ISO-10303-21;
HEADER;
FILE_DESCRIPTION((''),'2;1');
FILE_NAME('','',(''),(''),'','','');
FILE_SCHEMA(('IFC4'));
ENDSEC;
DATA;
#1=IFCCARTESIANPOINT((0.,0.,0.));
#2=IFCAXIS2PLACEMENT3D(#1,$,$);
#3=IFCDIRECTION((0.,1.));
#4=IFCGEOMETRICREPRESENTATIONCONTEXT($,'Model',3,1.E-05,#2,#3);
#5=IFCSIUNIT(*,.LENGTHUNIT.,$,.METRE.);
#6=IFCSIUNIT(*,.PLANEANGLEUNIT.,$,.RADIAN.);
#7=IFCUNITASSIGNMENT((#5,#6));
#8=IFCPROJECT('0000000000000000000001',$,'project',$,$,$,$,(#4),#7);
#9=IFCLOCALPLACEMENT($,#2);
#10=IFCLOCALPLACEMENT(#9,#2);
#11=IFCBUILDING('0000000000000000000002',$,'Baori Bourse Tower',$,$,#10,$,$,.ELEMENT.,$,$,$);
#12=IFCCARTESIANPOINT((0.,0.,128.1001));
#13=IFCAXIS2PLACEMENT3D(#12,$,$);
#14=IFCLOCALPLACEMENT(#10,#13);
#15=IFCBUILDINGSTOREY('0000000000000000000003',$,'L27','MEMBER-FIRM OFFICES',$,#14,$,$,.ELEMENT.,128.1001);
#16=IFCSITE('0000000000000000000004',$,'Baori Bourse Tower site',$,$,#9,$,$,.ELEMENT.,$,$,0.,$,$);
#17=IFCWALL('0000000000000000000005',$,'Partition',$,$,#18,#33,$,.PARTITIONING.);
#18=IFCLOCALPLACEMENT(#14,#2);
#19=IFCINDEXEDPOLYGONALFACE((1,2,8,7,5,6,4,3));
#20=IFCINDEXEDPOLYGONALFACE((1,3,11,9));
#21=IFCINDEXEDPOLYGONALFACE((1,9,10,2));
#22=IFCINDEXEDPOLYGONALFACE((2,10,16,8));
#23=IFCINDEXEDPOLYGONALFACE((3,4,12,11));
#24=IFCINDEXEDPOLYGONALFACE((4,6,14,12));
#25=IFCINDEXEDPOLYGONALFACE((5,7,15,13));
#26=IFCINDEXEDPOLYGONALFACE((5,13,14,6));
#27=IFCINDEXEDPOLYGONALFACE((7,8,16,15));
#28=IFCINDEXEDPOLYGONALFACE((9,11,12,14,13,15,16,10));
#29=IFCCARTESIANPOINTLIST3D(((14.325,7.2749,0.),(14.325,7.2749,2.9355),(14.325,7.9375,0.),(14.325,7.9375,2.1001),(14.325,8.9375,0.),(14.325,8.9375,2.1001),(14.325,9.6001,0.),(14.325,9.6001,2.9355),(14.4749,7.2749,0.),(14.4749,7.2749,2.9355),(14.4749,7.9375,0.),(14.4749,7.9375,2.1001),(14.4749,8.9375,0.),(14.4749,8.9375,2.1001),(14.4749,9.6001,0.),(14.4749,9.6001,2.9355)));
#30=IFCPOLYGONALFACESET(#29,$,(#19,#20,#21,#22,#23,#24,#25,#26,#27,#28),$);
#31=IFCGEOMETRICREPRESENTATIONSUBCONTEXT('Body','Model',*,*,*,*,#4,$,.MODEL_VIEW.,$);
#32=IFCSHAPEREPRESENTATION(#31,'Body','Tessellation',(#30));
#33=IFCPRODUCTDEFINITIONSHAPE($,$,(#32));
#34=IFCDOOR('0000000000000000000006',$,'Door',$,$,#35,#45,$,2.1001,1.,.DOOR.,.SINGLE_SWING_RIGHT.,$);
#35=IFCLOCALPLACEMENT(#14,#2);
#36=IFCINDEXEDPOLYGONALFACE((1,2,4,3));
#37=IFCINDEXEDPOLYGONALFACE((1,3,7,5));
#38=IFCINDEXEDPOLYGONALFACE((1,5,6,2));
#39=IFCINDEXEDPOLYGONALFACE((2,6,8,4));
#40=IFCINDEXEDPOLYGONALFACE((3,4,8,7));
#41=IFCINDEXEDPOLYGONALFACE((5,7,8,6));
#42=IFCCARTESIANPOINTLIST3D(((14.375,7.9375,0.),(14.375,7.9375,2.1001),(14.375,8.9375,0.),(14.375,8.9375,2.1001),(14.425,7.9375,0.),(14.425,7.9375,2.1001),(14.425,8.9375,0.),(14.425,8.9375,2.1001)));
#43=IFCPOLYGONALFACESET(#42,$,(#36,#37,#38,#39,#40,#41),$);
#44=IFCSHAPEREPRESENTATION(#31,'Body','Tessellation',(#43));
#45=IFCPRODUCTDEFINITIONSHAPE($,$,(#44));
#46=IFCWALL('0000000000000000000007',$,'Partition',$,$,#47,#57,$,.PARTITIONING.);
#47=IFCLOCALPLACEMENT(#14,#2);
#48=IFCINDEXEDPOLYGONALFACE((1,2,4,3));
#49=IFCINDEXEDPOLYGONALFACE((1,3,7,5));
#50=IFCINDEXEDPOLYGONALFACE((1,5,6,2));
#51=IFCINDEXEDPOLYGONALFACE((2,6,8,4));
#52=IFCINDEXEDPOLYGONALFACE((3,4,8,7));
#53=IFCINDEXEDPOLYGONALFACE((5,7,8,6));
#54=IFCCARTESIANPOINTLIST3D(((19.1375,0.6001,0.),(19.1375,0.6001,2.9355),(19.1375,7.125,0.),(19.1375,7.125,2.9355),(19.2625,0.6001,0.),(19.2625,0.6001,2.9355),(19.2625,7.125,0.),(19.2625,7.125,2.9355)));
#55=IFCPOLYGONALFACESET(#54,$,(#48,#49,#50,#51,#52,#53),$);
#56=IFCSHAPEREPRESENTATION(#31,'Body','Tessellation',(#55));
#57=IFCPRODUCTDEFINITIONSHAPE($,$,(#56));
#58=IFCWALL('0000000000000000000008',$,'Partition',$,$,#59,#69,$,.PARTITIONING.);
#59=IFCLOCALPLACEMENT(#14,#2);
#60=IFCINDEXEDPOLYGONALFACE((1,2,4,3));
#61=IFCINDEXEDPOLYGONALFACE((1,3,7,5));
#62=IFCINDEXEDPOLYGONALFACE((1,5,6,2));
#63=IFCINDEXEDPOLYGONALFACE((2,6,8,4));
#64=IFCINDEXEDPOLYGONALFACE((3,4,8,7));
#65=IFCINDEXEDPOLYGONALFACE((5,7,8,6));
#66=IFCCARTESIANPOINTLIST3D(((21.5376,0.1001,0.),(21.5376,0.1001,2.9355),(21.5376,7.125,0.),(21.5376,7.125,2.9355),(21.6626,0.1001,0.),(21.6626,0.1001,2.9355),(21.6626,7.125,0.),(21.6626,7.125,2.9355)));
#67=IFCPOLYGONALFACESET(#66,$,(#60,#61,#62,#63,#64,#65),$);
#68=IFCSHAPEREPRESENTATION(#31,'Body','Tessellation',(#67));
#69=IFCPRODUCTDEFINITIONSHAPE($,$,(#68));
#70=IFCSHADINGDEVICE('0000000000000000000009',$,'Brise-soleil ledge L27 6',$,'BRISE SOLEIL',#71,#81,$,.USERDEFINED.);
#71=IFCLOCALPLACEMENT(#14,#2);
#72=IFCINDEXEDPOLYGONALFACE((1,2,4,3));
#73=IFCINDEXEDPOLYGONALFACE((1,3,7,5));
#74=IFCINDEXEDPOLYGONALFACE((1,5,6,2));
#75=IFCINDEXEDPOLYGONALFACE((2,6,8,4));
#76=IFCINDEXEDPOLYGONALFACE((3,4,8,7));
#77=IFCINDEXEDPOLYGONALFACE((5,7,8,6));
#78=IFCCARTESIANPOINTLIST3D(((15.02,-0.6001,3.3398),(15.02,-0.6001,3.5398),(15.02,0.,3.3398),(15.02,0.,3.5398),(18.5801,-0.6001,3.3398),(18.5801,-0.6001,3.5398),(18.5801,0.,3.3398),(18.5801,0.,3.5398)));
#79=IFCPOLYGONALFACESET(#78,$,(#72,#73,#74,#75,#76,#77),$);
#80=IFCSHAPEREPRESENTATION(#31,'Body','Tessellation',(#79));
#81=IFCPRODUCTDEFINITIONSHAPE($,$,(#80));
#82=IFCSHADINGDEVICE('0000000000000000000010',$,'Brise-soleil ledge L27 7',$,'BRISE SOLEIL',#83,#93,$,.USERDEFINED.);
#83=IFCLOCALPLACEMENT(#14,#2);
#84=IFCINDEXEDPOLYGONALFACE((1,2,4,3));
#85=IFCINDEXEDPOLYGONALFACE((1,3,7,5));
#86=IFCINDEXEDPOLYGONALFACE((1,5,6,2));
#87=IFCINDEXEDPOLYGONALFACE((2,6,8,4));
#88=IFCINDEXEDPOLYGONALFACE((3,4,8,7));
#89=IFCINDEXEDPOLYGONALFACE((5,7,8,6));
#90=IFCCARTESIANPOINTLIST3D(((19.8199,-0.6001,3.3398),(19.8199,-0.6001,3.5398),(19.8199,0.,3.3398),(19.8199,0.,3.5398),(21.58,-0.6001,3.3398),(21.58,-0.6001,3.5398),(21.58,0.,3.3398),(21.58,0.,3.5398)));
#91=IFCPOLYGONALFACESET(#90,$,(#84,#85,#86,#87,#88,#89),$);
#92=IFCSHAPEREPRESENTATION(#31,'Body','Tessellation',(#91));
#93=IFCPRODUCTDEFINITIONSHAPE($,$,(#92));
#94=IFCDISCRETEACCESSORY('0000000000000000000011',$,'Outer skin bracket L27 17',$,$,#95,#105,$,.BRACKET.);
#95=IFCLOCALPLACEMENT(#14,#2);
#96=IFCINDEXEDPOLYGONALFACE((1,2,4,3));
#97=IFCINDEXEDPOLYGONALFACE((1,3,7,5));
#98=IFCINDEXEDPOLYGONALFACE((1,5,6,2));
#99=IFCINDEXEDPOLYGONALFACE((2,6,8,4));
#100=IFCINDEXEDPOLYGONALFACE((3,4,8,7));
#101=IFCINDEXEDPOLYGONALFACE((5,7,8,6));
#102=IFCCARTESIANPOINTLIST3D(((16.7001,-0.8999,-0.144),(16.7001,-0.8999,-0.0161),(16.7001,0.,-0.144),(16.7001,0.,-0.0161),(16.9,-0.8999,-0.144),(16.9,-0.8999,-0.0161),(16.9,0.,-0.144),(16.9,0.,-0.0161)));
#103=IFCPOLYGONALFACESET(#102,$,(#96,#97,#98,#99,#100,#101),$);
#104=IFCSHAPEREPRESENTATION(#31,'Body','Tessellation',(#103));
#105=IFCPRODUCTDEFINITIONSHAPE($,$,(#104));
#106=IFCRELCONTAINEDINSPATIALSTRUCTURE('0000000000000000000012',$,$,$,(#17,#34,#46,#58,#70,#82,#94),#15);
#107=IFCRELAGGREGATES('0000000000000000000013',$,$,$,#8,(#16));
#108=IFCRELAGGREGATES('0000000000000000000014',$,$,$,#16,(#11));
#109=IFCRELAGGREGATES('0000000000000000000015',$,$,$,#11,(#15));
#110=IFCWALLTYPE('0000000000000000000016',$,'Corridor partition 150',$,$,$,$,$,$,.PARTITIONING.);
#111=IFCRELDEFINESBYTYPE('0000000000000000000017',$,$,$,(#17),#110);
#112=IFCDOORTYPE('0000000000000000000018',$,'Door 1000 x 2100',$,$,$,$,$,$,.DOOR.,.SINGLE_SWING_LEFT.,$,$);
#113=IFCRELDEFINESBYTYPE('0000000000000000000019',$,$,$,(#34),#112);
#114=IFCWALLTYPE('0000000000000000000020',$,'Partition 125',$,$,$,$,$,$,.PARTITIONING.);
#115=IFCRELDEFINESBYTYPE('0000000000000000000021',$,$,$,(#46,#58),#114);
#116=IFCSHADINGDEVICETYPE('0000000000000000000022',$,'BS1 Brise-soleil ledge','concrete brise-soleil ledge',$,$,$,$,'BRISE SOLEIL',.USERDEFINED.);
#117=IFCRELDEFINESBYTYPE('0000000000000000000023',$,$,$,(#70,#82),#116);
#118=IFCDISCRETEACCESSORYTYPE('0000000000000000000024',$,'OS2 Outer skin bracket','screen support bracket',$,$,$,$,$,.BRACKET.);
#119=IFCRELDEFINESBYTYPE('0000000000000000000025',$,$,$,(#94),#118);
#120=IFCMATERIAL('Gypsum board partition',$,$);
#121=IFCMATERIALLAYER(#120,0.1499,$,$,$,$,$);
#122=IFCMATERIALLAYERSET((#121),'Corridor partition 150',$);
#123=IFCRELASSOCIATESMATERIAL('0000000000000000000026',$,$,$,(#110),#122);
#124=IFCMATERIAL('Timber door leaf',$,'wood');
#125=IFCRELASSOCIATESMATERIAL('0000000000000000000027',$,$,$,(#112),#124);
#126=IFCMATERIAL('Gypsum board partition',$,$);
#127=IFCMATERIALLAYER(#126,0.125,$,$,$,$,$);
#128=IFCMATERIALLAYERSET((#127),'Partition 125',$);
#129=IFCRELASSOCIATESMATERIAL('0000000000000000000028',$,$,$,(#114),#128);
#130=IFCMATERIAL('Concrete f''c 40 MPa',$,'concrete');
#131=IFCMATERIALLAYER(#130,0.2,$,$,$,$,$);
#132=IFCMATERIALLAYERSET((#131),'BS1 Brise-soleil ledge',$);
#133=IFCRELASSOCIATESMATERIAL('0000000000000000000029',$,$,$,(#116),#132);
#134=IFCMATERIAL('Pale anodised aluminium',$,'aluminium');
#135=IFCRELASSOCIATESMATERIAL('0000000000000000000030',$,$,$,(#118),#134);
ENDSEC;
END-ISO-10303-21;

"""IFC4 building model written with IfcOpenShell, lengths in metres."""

from ifc_helpers import new_model, si_unit, direction, frame, frame_2d, origin, origin_2d, place, context, subcontext, project, spatial, rectangle, extrude, material, layer, layer_set, type_object, element, fill, save


model = new_model("IFC4")

# Units and contexts
model_context = context("Model", 3, precision=1e-05, world=origin(), true_north=direction((0.0, 1.0)))
body_context = subcontext(model_context, "Body", "Model", "MODEL_VIEW")
ifc_project = project(units=[si_unit("LENGTHUNIT", "METRE"), si_unit("PLANEANGLEUNIT", "RADIAN")], contexts=[model_context])

# Site, building, storey
site_placement = place(None, origin())
site = spatial("IfcSite", under=ifc_project, at=site_placement, Name="Baori Bourse Tower site", CompositionType="ELEMENT", RefElevation=0.0)
building_placement = place(site_placement, origin())
building = spatial("IfcBuilding", under=site, at=building_placement, Name="Baori Bourse Tower", CompositionType="ELEMENT")
storey_placement = place(building_placement, frame((0.0, 0.0, 128.1001)))
storey = spatial("IfcBuildingStorey", under=building, at=storey_placement, Name="L27", Description="MEMBER-FIRM OFFICES", CompositionType="ELEMENT", Elevation=128.1001)

# Shared definitions
ifc_material_1 = material(Name="Gypsum board partition")
ifc_layer_1 = layer(ifc_material_1, 0.1499)
ifc_layer_set_1 = layer_set([ifc_layer_1], Name="Corridor partition 150")
wall_type_1 = type_object("IfcWallType", Name="Corridor partition 150", PredefinedType="PARTITIONING", material=ifc_layer_set_1)
ifc_material_2 = material(Name="Timber door leaf", Category="wood")
door_type_1 = type_object("IfcDoorType", Name="Door 1000 x 2100", OperationType="SINGLE_SWING_LEFT", PredefinedType="DOOR", material=ifc_material_2)

# Wall, opening, door
wall_1_placement = place(storey_placement, frame((14.3999, 7.2749, 0.0), z_axis=(0.0, 0.0, 1.0), x_axis=(0.0, 1.0, 0.0)))
wall_1 = element("IfcWall", 1, at=wall_1_placement, inside=storey, type_object=wall_type_1, Name="Partition", PredefinedType="PARTITIONING", context=body_context, shape_type="SweptSolid", body=[
    extrude(rectangle(XDim=2.3252, YDim=0.1499, at=frame_2d((1.1626, 0.0))), origin(), (0.0, 0.0, 1.0), 2.9355),
])
opening_1_placement = place(wall_1_placement, frame((0.6626, 0.0, 0.0)))
opening_1 = element("IfcOpeningElement", 2, at=opening_1_placement, cuts=wall_1, PredefinedType="OPENING", context=body_context, shape_type="SweptSolid", body=[
    extrude(rectangle(XDim=1.0, YDim=2.1001, at=frame_2d((0.5, 1.05))), frame((0.0, 0.085, 0.0), z_axis=(0.0, -1.0, 0.0), x_axis=(1.0, 0.0, 0.0)), (0.0, 0.0, 1.0), 0.1699),
])
door_1_placement = place(opening_1_placement, origin())
door_1 = element("IfcDoor", 3, at=door_1_placement, inside=storey, type_object=door_type_1, Name="Door", OperationType="SINGLE_SWING_RIGHT", OverallHeight=2.1001, OverallWidth=1.0, PredefinedType="DOOR", context=body_context, shape_type="SweptSolid", body=[
    extrude(rectangle(XDim=1.0, YDim=2.1001, at=frame_2d((0.5, 1.05))), frame((0.0, 0.0249, 0.0), z_axis=(0.0, -1.0, 0.0), x_axis=(1.0, 0.0, 0.0)), (0.0, 0.0, 1.0), 0.05),
])
fill(opening_1, door_1)

# Walls
ifc_material_3 = material(Name="Gypsum board partition")
ifc_layer_2 = layer(ifc_material_3, 0.125)
ifc_layer_set_2 = layer_set([ifc_layer_2], Name="Partition 125")
wall_type_2 = type_object("IfcWallType", Name="Partition 125", PredefinedType="PARTITIONING", material=ifc_layer_set_2)
wall_2_placement = place(storey_placement, frame((19.2, 0.6001, 0.0), z_axis=(0.0, 0.0, 1.0), x_axis=(0.0, 1.0, 0.0)))
element("IfcWall", 4, at=wall_2_placement, inside=storey, type_object=wall_type_2, Name="Partition", PredefinedType="PARTITIONING", context=body_context, shape_type="SweptSolid", body=[
    extrude(rectangle(XDim=6.5249, YDim=0.125, at=frame_2d((3.2625, 0.0))), origin(), (0.0, 0.0, 1.0), 2.9355),
])
wall_3_placement = place(storey_placement, frame((21.6001, 0.1001, 0.0), z_axis=(0.0, 0.0, 1.0), x_axis=(0.0, 1.0, 0.0)))
element("IfcWall", 5, at=wall_3_placement, inside=storey, type_object=wall_type_2, Name="Partition", PredefinedType="PARTITIONING", context=body_context, shape_type="SweptSolid", body=[
    extrude(rectangle(XDim=7.0249, YDim=0.125, at=frame_2d((3.5125, 0.0))), origin(), (0.0, 0.0, 1.0), 2.9355),
])

# Shading devices
ifc_material_4 = material(Name="Concrete f'c 40 MPa", Category="concrete")
ifc_layer_3 = layer(ifc_material_4, 0.2)
ifc_layer_set_3 = layer_set([ifc_layer_3], Name="BS1 Brise-soleil ledge")
shading_device_type = type_object("IfcShadingDeviceType", Name="BS1 Brise-soleil ledge", Description="concrete brise-soleil ledge", ElementType="BRISE SOLEIL", PredefinedType="USERDEFINED", material=ifc_layer_set_3)
shading_device_1_placement = place(storey_placement, frame((16.8, -0.3, 3.3398), z_axis=(0.0, 0.0, 1.0), x_axis=(1.0, 0.0, 0.0)))
element("IfcShadingDevice", 6, at=shading_device_1_placement, inside=storey, type_object=shading_device_type, Name="Brise-soleil ledge L27 6", ObjectType="BRISE SOLEIL", PredefinedType="USERDEFINED", context=body_context, shape_type="SweptSolid", body=[
    extrude(rectangle(XDim=3.5601, YDim=0.6001, at=origin_2d()), origin(), (0.0, 0.0, 1.0), 0.2),
])
shading_device_2_placement = place(storey_placement, frame((20.7, -0.3, 3.3398), z_axis=(0.0, 0.0, 1.0), x_axis=(1.0, 0.0, 0.0)))
element("IfcShadingDevice", 7, at=shading_device_2_placement, inside=storey, type_object=shading_device_type, Name="Brise-soleil ledge L27 7", ObjectType="BRISE SOLEIL", PredefinedType="USERDEFINED", context=body_context, shape_type="SweptSolid", body=[
    extrude(rectangle(XDim=1.76, YDim=0.6001, at=origin_2d()), origin(), (0.0, 0.0, 1.0), 0.2),
])

# Discrete accessory
ifc_material_5 = material(Name="Pale anodised aluminium", Category="aluminium")
discrete_accessory_type = type_object("IfcDiscreteAccessoryType", Name="OS2 Outer skin bracket", Description="screen support bracket", PredefinedType="BRACKET", material=ifc_material_5)
discrete_accessory_placement = place(storey_placement, frame((16.8, -0.45, -0.144), z_axis=(0.0, 0.0, 1.0), x_axis=(1.0, 0.0, 0.0)))
element("IfcDiscreteAccessory", 8, at=discrete_accessory_placement, inside=storey, type_object=discrete_accessory_type, Name="Outer skin bracket L27 17", PredefinedType="BRACKET", context=body_context, shape_type="SweptSolid", body=[
    extrude(rectangle(XDim=0.2, YDim=0.8999, at=origin_2d()), origin(), (0.0, 0.0, 1.0), 0.1279),
])

save(model, "model.ifc")
